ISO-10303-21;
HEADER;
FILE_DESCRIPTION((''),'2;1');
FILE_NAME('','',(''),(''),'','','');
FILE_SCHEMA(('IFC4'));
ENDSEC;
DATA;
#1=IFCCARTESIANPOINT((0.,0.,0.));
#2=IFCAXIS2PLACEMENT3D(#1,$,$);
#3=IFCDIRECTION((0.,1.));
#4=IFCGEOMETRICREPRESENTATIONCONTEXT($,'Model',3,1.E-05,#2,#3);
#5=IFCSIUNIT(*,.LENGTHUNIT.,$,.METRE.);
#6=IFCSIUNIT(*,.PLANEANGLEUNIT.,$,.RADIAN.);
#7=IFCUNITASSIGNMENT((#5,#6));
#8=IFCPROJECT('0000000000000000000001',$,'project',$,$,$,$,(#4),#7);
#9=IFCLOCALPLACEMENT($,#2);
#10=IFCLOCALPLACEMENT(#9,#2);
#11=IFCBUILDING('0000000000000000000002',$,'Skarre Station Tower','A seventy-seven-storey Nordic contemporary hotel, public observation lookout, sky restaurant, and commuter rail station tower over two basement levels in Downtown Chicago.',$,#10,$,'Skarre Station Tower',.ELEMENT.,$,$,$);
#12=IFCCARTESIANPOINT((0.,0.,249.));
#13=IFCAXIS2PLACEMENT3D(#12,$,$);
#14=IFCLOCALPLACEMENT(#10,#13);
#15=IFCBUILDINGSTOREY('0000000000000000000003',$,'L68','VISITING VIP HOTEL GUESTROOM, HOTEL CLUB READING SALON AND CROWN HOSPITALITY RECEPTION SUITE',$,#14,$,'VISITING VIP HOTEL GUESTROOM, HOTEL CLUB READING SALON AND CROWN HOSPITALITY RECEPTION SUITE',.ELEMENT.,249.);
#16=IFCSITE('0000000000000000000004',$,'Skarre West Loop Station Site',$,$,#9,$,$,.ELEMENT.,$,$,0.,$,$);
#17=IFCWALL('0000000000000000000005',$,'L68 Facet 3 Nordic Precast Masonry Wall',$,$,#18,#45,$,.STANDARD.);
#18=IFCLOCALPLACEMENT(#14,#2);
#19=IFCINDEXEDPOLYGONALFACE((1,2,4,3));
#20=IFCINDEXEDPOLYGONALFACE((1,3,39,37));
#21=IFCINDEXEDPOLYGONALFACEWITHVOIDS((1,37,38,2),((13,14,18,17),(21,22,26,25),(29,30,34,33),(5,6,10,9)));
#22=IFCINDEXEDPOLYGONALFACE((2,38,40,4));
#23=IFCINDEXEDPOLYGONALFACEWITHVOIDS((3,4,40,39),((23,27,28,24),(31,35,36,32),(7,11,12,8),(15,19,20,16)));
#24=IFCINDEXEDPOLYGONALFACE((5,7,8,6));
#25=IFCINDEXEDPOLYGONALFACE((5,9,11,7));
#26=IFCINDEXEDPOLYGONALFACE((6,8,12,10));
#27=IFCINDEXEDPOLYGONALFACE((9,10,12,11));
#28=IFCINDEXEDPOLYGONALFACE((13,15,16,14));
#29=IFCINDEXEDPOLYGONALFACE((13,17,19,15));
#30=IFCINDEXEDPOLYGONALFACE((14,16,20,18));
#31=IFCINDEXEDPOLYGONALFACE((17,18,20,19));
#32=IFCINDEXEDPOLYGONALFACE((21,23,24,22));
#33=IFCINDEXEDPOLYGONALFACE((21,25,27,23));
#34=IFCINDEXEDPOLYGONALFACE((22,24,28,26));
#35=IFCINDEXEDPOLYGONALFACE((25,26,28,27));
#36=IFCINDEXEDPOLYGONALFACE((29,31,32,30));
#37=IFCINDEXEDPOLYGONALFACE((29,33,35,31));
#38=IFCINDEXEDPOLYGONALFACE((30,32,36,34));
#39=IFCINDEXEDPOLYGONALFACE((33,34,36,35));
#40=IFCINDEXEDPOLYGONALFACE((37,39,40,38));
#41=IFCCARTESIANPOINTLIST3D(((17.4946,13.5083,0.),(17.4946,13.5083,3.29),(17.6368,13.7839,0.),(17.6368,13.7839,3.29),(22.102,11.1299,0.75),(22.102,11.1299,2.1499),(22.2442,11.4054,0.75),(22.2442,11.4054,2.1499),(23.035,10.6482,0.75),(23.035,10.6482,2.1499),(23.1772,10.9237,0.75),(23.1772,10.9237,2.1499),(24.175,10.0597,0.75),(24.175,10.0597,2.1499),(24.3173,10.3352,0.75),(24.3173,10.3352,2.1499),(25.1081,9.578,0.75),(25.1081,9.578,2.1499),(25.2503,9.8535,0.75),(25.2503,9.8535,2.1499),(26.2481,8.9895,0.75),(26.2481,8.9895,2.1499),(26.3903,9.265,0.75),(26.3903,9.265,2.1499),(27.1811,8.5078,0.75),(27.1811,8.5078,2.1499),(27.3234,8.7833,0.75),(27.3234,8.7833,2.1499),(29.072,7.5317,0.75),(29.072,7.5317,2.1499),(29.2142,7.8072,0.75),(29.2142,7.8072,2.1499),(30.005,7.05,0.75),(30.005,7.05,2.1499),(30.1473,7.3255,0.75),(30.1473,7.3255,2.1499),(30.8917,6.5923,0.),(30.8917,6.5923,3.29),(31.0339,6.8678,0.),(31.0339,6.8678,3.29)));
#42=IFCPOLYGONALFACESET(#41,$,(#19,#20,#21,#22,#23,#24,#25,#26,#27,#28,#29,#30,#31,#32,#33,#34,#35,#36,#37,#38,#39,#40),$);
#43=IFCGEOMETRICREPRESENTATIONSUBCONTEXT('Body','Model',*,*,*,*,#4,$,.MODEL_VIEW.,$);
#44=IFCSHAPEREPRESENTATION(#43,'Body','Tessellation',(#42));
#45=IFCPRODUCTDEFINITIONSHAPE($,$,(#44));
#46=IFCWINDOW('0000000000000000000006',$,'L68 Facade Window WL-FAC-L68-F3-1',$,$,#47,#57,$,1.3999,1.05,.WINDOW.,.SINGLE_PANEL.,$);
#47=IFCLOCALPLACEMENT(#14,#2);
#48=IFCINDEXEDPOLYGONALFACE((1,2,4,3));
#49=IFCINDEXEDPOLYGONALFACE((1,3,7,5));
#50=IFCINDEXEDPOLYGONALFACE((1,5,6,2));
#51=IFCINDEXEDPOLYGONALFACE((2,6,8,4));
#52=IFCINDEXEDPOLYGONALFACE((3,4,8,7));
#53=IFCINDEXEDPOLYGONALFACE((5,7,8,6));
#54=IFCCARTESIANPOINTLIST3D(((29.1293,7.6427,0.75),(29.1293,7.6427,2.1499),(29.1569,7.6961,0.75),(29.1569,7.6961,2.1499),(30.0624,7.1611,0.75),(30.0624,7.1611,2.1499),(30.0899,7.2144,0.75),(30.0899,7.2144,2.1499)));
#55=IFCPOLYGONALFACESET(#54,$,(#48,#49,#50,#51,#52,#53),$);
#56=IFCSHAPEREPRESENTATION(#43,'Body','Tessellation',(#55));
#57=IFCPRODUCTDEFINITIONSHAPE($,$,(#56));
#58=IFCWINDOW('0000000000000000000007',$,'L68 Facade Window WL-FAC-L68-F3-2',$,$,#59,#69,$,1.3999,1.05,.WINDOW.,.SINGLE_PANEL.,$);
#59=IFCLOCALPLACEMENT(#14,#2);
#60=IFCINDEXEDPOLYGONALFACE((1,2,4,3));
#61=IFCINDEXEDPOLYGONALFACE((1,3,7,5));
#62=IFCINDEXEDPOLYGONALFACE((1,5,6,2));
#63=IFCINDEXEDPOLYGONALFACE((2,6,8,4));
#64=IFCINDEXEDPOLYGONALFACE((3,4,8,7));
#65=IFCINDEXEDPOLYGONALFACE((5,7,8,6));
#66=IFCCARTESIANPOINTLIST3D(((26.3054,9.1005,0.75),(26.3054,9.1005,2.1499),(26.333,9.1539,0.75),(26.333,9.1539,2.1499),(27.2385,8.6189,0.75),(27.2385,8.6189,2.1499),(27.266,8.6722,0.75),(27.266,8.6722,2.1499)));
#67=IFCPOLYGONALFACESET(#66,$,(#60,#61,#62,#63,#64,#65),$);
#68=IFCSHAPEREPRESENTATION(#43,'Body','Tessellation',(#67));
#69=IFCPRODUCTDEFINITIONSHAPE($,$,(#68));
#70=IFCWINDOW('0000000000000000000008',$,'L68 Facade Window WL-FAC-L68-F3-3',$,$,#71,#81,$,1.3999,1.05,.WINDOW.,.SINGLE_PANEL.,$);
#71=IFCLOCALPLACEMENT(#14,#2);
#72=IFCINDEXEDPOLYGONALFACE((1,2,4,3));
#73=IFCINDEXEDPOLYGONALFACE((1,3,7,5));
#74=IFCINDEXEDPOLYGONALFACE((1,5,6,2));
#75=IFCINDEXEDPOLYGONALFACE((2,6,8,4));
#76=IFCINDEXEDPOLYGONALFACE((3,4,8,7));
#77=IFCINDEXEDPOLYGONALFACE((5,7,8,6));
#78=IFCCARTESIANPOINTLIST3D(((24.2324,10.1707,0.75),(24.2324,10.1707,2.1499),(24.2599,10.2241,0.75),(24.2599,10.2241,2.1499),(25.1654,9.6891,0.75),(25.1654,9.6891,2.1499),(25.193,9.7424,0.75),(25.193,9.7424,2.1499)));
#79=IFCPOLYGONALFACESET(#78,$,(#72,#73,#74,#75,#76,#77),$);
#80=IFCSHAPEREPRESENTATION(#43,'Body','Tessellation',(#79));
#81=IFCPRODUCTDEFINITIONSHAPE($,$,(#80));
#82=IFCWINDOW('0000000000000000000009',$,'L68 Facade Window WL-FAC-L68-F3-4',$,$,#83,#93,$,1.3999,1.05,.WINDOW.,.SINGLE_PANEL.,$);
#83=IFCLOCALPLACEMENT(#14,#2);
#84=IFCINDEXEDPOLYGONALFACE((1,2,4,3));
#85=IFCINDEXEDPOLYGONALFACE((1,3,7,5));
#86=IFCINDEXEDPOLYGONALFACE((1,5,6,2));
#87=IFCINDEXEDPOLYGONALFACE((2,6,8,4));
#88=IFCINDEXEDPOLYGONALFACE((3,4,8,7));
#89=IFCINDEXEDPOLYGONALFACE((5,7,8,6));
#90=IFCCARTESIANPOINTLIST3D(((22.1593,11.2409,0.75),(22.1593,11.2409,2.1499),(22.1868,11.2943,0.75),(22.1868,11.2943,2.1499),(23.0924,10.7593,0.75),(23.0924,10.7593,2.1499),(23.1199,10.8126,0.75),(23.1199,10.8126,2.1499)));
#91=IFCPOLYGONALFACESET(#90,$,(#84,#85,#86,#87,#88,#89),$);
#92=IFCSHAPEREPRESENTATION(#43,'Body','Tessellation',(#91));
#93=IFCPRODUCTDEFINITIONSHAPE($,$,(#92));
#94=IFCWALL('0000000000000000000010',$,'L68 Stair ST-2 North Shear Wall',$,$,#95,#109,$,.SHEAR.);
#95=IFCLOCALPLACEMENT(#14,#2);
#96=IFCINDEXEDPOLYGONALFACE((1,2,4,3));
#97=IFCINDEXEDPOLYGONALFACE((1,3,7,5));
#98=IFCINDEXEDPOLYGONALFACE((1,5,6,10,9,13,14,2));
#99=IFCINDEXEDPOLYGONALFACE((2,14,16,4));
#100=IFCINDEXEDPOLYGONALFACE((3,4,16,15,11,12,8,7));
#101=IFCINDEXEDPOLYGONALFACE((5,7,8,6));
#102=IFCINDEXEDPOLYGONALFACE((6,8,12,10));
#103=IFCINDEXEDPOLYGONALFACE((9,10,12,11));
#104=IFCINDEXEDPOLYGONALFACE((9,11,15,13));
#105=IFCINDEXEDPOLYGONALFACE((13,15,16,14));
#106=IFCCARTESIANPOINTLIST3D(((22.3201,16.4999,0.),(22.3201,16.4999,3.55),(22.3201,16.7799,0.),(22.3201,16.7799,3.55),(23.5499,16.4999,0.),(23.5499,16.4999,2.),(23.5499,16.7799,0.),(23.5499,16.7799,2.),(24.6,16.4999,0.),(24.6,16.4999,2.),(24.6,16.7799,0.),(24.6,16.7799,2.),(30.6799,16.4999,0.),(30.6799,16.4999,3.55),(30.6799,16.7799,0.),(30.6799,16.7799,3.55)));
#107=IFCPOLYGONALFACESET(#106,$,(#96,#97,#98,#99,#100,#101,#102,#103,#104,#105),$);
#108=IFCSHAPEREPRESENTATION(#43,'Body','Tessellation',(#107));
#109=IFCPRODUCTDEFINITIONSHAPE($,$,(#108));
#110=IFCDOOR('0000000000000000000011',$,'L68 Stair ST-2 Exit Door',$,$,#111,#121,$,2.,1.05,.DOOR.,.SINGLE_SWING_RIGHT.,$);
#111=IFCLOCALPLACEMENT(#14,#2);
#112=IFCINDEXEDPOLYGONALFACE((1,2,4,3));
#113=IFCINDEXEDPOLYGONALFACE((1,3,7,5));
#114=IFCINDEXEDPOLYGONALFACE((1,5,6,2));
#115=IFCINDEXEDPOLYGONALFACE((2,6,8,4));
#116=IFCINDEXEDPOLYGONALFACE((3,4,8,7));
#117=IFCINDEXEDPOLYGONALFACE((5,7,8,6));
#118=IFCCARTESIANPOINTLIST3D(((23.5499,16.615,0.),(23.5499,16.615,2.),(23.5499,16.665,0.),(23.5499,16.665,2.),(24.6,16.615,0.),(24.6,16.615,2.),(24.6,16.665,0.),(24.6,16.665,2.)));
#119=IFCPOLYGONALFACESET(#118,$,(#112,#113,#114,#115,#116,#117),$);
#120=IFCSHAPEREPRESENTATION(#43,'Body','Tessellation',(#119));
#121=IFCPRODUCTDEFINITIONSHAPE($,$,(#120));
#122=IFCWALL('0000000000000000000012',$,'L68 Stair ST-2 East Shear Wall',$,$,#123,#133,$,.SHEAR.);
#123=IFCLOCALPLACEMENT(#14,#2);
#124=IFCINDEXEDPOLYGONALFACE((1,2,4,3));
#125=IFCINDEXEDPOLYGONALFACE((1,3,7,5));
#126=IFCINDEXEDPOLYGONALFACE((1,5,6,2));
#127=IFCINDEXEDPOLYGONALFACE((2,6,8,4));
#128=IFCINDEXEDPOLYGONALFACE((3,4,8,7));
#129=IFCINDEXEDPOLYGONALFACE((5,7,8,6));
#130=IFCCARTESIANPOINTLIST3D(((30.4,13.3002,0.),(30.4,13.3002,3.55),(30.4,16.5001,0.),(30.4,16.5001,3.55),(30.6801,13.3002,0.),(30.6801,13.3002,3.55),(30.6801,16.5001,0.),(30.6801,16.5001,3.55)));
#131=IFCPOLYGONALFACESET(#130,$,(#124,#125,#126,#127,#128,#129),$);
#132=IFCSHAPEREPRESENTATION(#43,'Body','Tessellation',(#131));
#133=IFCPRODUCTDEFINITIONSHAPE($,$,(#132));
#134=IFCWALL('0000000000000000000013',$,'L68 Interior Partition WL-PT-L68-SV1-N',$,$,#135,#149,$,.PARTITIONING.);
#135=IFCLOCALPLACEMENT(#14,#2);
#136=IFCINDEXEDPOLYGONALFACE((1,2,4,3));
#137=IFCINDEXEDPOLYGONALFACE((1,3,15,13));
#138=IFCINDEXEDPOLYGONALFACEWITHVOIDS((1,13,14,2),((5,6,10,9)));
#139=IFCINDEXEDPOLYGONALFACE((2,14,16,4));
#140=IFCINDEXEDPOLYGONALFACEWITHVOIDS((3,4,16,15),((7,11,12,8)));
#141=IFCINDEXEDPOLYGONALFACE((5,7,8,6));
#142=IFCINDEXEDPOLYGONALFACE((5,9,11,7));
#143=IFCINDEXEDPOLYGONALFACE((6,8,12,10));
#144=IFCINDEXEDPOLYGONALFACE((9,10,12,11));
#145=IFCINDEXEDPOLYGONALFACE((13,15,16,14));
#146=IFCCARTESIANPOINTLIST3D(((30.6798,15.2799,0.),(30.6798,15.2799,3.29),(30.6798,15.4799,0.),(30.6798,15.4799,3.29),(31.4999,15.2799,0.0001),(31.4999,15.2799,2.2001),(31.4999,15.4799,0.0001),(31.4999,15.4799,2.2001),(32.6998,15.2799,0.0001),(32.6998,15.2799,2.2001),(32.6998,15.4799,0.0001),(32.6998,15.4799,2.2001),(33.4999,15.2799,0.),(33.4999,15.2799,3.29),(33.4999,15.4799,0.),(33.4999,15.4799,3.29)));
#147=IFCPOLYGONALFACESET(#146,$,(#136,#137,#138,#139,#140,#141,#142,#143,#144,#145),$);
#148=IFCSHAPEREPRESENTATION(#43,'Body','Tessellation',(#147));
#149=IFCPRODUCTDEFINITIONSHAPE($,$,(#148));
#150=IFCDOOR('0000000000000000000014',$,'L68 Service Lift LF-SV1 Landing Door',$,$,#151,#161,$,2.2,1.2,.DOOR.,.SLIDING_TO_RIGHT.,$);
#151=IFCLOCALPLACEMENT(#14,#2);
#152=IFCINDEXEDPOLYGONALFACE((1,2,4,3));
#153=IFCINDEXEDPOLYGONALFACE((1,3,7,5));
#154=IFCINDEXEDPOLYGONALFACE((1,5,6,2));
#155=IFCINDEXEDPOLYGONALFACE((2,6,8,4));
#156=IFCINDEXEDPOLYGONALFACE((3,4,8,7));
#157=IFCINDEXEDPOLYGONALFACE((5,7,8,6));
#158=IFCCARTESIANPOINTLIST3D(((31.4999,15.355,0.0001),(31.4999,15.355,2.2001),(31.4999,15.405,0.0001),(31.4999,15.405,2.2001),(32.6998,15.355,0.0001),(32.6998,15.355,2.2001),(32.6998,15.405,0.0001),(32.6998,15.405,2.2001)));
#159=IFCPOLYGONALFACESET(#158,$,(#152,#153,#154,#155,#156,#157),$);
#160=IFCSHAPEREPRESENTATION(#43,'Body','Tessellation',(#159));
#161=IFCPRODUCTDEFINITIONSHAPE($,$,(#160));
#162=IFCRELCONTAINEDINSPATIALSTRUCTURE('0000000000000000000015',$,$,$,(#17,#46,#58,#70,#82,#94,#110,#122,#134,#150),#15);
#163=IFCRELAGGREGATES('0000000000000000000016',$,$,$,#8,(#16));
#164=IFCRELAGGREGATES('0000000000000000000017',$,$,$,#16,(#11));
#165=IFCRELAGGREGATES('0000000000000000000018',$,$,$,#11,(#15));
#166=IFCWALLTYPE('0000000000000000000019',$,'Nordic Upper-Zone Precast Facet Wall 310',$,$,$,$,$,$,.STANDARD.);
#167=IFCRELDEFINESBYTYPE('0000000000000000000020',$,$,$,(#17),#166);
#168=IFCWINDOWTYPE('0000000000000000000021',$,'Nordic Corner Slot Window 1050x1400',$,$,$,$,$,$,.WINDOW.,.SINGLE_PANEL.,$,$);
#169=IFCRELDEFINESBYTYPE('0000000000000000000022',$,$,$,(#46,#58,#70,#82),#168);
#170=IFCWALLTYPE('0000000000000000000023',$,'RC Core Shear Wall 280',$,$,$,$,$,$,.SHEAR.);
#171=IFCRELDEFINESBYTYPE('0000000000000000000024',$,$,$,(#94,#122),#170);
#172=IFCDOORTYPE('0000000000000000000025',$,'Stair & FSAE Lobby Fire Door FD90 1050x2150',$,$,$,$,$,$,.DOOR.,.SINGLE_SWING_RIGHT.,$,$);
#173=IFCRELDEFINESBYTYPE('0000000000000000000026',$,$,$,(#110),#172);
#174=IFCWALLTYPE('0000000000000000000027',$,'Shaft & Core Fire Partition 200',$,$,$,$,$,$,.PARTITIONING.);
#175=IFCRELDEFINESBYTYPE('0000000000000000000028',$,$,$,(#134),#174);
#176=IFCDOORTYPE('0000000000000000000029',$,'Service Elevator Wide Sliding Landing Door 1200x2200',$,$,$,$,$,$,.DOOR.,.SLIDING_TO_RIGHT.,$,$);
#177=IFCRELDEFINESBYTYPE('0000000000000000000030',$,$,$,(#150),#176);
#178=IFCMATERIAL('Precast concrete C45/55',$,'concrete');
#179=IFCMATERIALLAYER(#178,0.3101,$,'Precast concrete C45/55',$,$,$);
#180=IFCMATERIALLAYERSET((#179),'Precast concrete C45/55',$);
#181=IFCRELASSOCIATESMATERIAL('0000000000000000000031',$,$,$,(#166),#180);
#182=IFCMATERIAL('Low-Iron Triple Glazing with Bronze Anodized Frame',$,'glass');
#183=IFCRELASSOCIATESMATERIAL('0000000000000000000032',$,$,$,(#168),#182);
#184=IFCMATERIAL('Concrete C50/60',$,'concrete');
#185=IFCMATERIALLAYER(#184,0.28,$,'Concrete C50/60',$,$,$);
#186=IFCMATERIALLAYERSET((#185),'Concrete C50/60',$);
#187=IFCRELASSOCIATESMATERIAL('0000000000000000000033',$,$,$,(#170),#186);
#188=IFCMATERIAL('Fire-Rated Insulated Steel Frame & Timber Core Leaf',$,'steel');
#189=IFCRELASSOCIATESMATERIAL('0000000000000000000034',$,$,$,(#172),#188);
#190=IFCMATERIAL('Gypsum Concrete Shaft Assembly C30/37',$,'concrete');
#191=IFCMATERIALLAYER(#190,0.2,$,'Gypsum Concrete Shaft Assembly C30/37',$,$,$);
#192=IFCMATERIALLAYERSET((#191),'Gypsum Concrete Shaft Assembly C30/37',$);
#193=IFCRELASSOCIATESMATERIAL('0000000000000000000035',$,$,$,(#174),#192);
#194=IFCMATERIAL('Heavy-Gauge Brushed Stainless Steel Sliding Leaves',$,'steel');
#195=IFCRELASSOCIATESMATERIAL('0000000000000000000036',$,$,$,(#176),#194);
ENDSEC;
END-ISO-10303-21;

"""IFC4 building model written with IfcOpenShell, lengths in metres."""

from ifc_helpers import new_model, si_unit, direction, frame, frame_2d, origin, place, context, subcontext, project, spatial, rectangle, extrude, material, layer, layer_set, type_object, element, fill, save


model = new_model("IFC4")

# Units and contexts
model_context = context("Model", 3, precision=1e-05, world=origin(), true_north=direction((0.0, 1.0)))
body_context = subcontext(model_context, "Body", "Model", "MODEL_VIEW")
ifc_project = project(units=[si_unit("LENGTHUNIT", "METRE"), si_unit("PLANEANGLEUNIT", "RADIAN")], contexts=[model_context])

# Site, building, storey
site_placement = place(None, origin())
site = spatial("IfcSite", under=ifc_project, at=site_placement, Name="Skarre West Loop Station Site", CompositionType="ELEMENT", RefElevation=0.0)
building_placement = place(site_placement, origin())
building = spatial("IfcBuilding", under=site, at=building_placement, Name="Skarre Station Tower", Description="A seventy-seven-storey Nordic contemporary hotel, public observation lookout, sky restaurant, and commuter rail station tower over two basement levels in Downtown Chicago.", LongName="Skarre Station Tower", CompositionType="ELEMENT")
storey_placement = place(building_placement, frame((0.0, 0.0, 249.0)))
storey = spatial("IfcBuildingStorey", under=building, at=storey_placement, Name="L68", Description="VISITING VIP HOTEL GUESTROOM, HOTEL CLUB READING SALON AND CROWN HOSPITALITY RECEPTION SUITE", LongName="VISITING VIP HOTEL GUESTROOM, HOTEL CLUB READING SALON AND CROWN HOSPITALITY RECEPTION SUITE", CompositionType="ELEMENT", Elevation=249.0)

# Shared definitions
ifc_material_1 = material(Name="Concrete C50/60", Category="concrete")

# Shared definitions
ifc_material_2 = material(Name="Precast concrete C45/55", Category="concrete")

# Wall, openings, windows
ifc_layer_1 = layer(ifc_material_2, 0.3101, Name="Precast concrete C45/55")
ifc_layer_set_1 = layer_set([ifc_layer_1], Name="Precast concrete C45/55")
wall_type_1 = type_object("IfcWallType", Name="Nordic Upper-Zone Precast Facet Wall 310", PredefinedType="STANDARD", material=ifc_layer_set_1)
wall_1_placement = place(storey_placement, frame((30.9629, 6.73, 0.0), z_axis=(0.0, 0.0, 1.0), x_axis=(-0.888581, 0.458719, 0.0)))
wall_1 = element("IfcWall", 1, at=wall_1_placement, inside=storey, type_object=wall_type_1, Name="L68 Facet 3 Nordic Precast Masonry Wall", PredefinedType="STANDARD", context=body_context, shape_type="SweptSolid", body=[
    extrude(rectangle(XDim=15.0769, YDim=0.3101, at=frame_2d((7.5386, 0.0))), origin(), (0.0, 0.0, 1.0), 3.29),
])
opening_1_placement = place(wall_1_placement, frame((0.998, 0.0, 0.75)))
opening_1 = element("IfcOpeningElement", 2, at=opening_1_placement, cuts=wall_1, PredefinedType="OPENING", context=body_context, shape_type="SweptSolid", body=[
    extrude(rectangle(XDim=1.05, YDim=1.3999, at=frame_2d((0.5249, 0.7))), frame((0.0, 0.165, 0.0), z_axis=(0.0, -1.0, 0.0), x_axis=(1.0, 0.0, 0.0)), (0.0, 0.0, 1.0), 0.3301),
])
opening_2_placement = place(wall_1_placement, frame((4.176, 0.0, 0.75)))
opening_2 = element("IfcOpeningElement", 3, at=opening_2_placement, cuts=wall_1, PredefinedType="OPENING", context=body_context, shape_type="SweptSolid", body=[
    extrude(rectangle(XDim=1.05, YDim=1.3999, at=frame_2d((0.5249, 0.7))), frame((0.0, 0.165, 0.0), z_axis=(0.0, -1.0, 0.0), x_axis=(1.0, 0.0, 0.0)), (0.0, 0.0, 1.0), 0.3301),
])
opening_3_placement = place(wall_1_placement, frame((6.509, 0.0, 0.75)))
opening_3 = element("IfcOpeningElement", 4, at=opening_3_placement, cuts=wall_1, PredefinedType="OPENING", context=body_context, shape_type="SweptSolid", body=[
    extrude(rectangle(XDim=1.05, YDim=1.3999, at=frame_2d((0.5249, 0.7))), frame((0.0, 0.165, 0.0), z_axis=(0.0, -1.0, 0.0), x_axis=(1.0, 0.0, 0.0)), (0.0, 0.0, 1.0), 0.3301),
])
opening_4_placement = place(wall_1_placement, frame((8.842, 0.0, 0.75)))
opening_4 = element("IfcOpeningElement", 5, at=opening_4_placement, cuts=wall_1, PredefinedType="OPENING", context=body_context, shape_type="SweptSolid", body=[
    extrude(rectangle(XDim=1.05, YDim=1.3999, at=frame_2d((0.5249, 0.7))), frame((0.0, 0.165, 0.0), z_axis=(0.0, -1.0, 0.0), x_axis=(1.0, 0.0, 0.0)), (0.0, 0.0, 1.0), 0.3301),
])
ifc_material_3 = material(Name="Low-Iron Triple Glazing with Bronze Anodized Frame", Category="glass")
window_type = type_object("IfcWindowType", Name="Nordic Corner Slot Window 1050x1400", PartitioningType="SINGLE_PANEL", PredefinedType="WINDOW", material=ifc_material_3)
window_1_placement = place(opening_1_placement, origin())
window_1 = element("IfcWindow", 6, at=window_1_placement, inside=storey, type_object=window_type, Name="L68 Facade Window WL-FAC-L68-F3-1", OverallHeight=1.3999, OverallWidth=1.05, PartitioningType="SINGLE_PANEL", PredefinedType="WINDOW", context=body_context, shape_type="SweptSolid", body=[
    extrude(rectangle(XDim=1.05, YDim=1.3999, at=frame_2d((0.5249, 0.7))), frame((0.0, 0.03, 0.0), z_axis=(0.0, -1.0, 0.0), x_axis=(1.0, 0.0, 0.0)), (0.0, 0.0, 1.0), 0.0601),
])
fill(opening_1, window_1)
window_2_placement = place(opening_2_placement, origin())
window_2 = element("IfcWindow", 7, at=window_2_placement, inside=storey, type_object=window_type, Name="L68 Facade Window WL-FAC-L68-F3-2", OverallHeight=1.3999, OverallWidth=1.05, PartitioningType="SINGLE_PANEL", PredefinedType="WINDOW", context=body_context, shape_type="SweptSolid", body=[
    extrude(rectangle(XDim=1.05, YDim=1.3999, at=frame_2d((0.5249, 0.7))), frame((0.0, 0.03, 0.0), z_axis=(0.0, -1.0, 0.0), x_axis=(1.0, 0.0, 0.0)), (0.0, 0.0, 1.0), 0.0601),
])
fill(opening_2, window_2)
window_3_placement = place(opening_3_placement, origin())
window_3 = element("IfcWindow", 8, at=window_3_placement, inside=storey, type_object=window_type, Name="L68 Facade Window WL-FAC-L68-F3-3", OverallHeight=1.3999, OverallWidth=1.05, PartitioningType="SINGLE_PANEL", PredefinedType="WINDOW", context=body_context, shape_type="SweptSolid", body=[
    extrude(rectangle(XDim=1.05, YDim=1.3999, at=frame_2d((0.5249, 0.7))), frame((0.0, 0.03, 0.0), z_axis=(0.0, -1.0, 0.0), x_axis=(1.0, 0.0, 0.0)), (0.0, 0.0, 1.0), 0.0601),
])
fill(opening_3, window_3)
window_4_placement = place(opening_4_placement, origin())
window_4 = element("IfcWindow", 9, at=window_4_placement, inside=storey, type_object=window_type, Name="L68 Facade Window WL-FAC-L68-F3-4", OverallHeight=1.3999, OverallWidth=1.05, PartitioningType="SINGLE_PANEL", PredefinedType="WINDOW", context=body_context, shape_type="SweptSolid", body=[
    extrude(rectangle(XDim=1.05, YDim=1.3999, at=frame_2d((0.5249, 0.7))), frame((0.0, 0.03, 0.0), z_axis=(0.0, -1.0, 0.0), x_axis=(1.0, 0.0, 0.0)), (0.0, 0.0, 1.0), 0.0601),
])
fill(opening_4, window_4)

# Wall, opening, door
ifc_layer_2 = layer(ifc_material_1, 0.28, Name="Concrete C50/60")
ifc_layer_set_2 = layer_set([ifc_layer_2], Name="Concrete C50/60")
wall_type_2 = type_object("IfcWallType", Name="RC Core Shear Wall 280", PredefinedType="SHEAR", material=ifc_layer_set_2)
wall_2_placement = place(storey_placement, frame((30.6799, 16.6399, 0.0), z_axis=(0.0, 0.0, 1.0), x_axis=(-1.0, 0.0, 0.0)))
wall_2 = element("IfcWall", 10, at=wall_2_placement, inside=storey, type_object=wall_type_2, Name="L68 Stair ST-2 North Shear Wall", PredefinedType="SHEAR", context=body_context, shape_type="SweptSolid", body=[
    extrude(rectangle(XDim=8.3599, YDim=0.28, at=frame_2d((4.1799, 0.0))), origin(), (0.0, 0.0, 1.0), 3.55),
])
opening_5_placement = place(wall_2_placement, frame((6.0801, 0.0, 0.0)))
opening_5 = element("IfcOpeningElement", 11, at=opening_5_placement, cuts=wall_2, PredefinedType="OPENING", context=body_context, shape_type="SweptSolid", body=[
    extrude(rectangle(XDim=1.05, YDim=2.0, at=frame_2d((0.5249, 1.0))), frame((0.0, 0.1499, 0.0), z_axis=(0.0, -1.0, 0.0), x_axis=(1.0, 0.0, 0.0)), (0.0, 0.0, 1.0), 0.3),
])
ifc_material_4 = material(Name="Fire-Rated Insulated Steel Frame & Timber Core Leaf", Category="steel")
door_type_1 = type_object("IfcDoorType", Name="Stair & FSAE Lobby Fire Door FD90 1050x2150", OperationType="SINGLE_SWING_RIGHT", PredefinedType="DOOR", material=ifc_material_4)
door_1_placement = place(opening_5_placement, origin())
door_1 = element("IfcDoor", 12, at=door_1_placement, inside=storey, type_object=door_type_1, Name="L68 Stair ST-2 Exit Door", OperationType="SINGLE_SWING_RIGHT", OverallHeight=2.0, OverallWidth=1.05, PredefinedType="DOOR", context=body_context, shape_type="SweptSolid", body=[
    extrude(rectangle(XDim=1.05, YDim=2.0, at=frame_2d((0.5249, 1.0))), frame((0.0, 0.0249, 0.0), z_axis=(0.0, -1.0, 0.0), x_axis=(1.0, 0.0, 0.0)), (0.0, 0.0, 1.0), 0.05),
])
fill(opening_5, door_1)

# Wall
wall_3_placement = place(storey_placement, frame((30.54, 13.3, 0.0), z_axis=(0.0, 0.0, 1.0), x_axis=(0.0, 1.0, 0.0)))
element("IfcWall", 13, at=wall_3_placement, inside=storey, type_object=wall_type_2, Name="L68 Stair ST-2 East Shear Wall", PredefinedType="SHEAR", context=body_context, shape_type="SweptSolid", body=[
    extrude(rectangle(XDim=3.2, YDim=0.28, at=frame_2d((1.6001, 0.0))), origin(), (0.0, 0.0, 1.0), 3.55),
])

# Wall, opening, door
ifc_material_5 = material(Name="Gypsum Concrete Shaft Assembly C30/37", Category="concrete")
ifc_layer_3 = layer(ifc_material_5, 0.2, Name="Gypsum Concrete Shaft Assembly C30/37")
ifc_layer_set_3 = layer_set([ifc_layer_3], Name="Gypsum Concrete Shaft Assembly C30/37")
wall_type_3 = type_object("IfcWallType", Name="Shaft & Core Fire Partition 200", PredefinedType="PARTITIONING", material=ifc_layer_set_3)
wall_4_placement = place(storey_placement, frame((33.5, 15.3799, 0.0), z_axis=(0.0, 0.0, 1.0), x_axis=(-1.0, 0.0, 0.0)))
wall_4 = element("IfcWall", 14, at=wall_4_placement, inside=storey, type_object=wall_type_3, Name="L68 Interior Partition WL-PT-L68-SV1-N", PredefinedType="PARTITIONING", context=body_context, shape_type="SweptSolid", body=[
    extrude(rectangle(XDim=2.8201, YDim=0.2, at=frame_2d((1.4102, 0.0))), origin(), (0.0, 0.0, 1.0), 3.29),
])
opening_6_placement = place(wall_4_placement, frame((0.8, 0.0, 0.0)))
opening_6 = element("IfcOpeningElement", 15, at=opening_6_placement, cuts=wall_4, PredefinedType="OPENING", context=body_context, shape_type="SweptSolid", body=[
    extrude(rectangle(XDim=1.2, YDim=2.2, at=frame_2d((0.6001, 1.1001))), frame((0.0, 0.1099, 0.0), z_axis=(0.0, -1.0, 0.0), x_axis=(1.0, 0.0, 0.0)), (0.0, 0.0, 1.0), 0.22),
])
ifc_material_6 = material(Name="Heavy-Gauge Brushed Stainless Steel Sliding Leaves", Category="steel")
door_type_2 = type_object("IfcDoorType", Name="Service Elevator Wide Sliding Landing Door 1200x2200", OperationType="SLIDING_TO_RIGHT", PredefinedType="DOOR", material=ifc_material_6)
door_2_placement = place(opening_6_placement, origin())
door_2 = element("IfcDoor", 16, at=door_2_placement, inside=storey, type_object=door_type_2, Name="L68 Service Lift LF-SV1 Landing Door", OperationType="SLIDING_TO_RIGHT", OverallHeight=2.2, OverallWidth=1.2, PredefinedType="DOOR", context=body_context, shape_type="SweptSolid", body=[
    extrude(rectangle(XDim=1.2, YDim=2.2, at=frame_2d((0.6001, 1.1001))), frame((0.0, 0.0249, 0.0), z_axis=(0.0, -1.0, 0.0), x_axis=(1.0, 0.0, 0.0)), (0.0, 0.0, 1.0), 0.05),
])
fill(opening_6, door_2)

save(model, "model.ifc")
